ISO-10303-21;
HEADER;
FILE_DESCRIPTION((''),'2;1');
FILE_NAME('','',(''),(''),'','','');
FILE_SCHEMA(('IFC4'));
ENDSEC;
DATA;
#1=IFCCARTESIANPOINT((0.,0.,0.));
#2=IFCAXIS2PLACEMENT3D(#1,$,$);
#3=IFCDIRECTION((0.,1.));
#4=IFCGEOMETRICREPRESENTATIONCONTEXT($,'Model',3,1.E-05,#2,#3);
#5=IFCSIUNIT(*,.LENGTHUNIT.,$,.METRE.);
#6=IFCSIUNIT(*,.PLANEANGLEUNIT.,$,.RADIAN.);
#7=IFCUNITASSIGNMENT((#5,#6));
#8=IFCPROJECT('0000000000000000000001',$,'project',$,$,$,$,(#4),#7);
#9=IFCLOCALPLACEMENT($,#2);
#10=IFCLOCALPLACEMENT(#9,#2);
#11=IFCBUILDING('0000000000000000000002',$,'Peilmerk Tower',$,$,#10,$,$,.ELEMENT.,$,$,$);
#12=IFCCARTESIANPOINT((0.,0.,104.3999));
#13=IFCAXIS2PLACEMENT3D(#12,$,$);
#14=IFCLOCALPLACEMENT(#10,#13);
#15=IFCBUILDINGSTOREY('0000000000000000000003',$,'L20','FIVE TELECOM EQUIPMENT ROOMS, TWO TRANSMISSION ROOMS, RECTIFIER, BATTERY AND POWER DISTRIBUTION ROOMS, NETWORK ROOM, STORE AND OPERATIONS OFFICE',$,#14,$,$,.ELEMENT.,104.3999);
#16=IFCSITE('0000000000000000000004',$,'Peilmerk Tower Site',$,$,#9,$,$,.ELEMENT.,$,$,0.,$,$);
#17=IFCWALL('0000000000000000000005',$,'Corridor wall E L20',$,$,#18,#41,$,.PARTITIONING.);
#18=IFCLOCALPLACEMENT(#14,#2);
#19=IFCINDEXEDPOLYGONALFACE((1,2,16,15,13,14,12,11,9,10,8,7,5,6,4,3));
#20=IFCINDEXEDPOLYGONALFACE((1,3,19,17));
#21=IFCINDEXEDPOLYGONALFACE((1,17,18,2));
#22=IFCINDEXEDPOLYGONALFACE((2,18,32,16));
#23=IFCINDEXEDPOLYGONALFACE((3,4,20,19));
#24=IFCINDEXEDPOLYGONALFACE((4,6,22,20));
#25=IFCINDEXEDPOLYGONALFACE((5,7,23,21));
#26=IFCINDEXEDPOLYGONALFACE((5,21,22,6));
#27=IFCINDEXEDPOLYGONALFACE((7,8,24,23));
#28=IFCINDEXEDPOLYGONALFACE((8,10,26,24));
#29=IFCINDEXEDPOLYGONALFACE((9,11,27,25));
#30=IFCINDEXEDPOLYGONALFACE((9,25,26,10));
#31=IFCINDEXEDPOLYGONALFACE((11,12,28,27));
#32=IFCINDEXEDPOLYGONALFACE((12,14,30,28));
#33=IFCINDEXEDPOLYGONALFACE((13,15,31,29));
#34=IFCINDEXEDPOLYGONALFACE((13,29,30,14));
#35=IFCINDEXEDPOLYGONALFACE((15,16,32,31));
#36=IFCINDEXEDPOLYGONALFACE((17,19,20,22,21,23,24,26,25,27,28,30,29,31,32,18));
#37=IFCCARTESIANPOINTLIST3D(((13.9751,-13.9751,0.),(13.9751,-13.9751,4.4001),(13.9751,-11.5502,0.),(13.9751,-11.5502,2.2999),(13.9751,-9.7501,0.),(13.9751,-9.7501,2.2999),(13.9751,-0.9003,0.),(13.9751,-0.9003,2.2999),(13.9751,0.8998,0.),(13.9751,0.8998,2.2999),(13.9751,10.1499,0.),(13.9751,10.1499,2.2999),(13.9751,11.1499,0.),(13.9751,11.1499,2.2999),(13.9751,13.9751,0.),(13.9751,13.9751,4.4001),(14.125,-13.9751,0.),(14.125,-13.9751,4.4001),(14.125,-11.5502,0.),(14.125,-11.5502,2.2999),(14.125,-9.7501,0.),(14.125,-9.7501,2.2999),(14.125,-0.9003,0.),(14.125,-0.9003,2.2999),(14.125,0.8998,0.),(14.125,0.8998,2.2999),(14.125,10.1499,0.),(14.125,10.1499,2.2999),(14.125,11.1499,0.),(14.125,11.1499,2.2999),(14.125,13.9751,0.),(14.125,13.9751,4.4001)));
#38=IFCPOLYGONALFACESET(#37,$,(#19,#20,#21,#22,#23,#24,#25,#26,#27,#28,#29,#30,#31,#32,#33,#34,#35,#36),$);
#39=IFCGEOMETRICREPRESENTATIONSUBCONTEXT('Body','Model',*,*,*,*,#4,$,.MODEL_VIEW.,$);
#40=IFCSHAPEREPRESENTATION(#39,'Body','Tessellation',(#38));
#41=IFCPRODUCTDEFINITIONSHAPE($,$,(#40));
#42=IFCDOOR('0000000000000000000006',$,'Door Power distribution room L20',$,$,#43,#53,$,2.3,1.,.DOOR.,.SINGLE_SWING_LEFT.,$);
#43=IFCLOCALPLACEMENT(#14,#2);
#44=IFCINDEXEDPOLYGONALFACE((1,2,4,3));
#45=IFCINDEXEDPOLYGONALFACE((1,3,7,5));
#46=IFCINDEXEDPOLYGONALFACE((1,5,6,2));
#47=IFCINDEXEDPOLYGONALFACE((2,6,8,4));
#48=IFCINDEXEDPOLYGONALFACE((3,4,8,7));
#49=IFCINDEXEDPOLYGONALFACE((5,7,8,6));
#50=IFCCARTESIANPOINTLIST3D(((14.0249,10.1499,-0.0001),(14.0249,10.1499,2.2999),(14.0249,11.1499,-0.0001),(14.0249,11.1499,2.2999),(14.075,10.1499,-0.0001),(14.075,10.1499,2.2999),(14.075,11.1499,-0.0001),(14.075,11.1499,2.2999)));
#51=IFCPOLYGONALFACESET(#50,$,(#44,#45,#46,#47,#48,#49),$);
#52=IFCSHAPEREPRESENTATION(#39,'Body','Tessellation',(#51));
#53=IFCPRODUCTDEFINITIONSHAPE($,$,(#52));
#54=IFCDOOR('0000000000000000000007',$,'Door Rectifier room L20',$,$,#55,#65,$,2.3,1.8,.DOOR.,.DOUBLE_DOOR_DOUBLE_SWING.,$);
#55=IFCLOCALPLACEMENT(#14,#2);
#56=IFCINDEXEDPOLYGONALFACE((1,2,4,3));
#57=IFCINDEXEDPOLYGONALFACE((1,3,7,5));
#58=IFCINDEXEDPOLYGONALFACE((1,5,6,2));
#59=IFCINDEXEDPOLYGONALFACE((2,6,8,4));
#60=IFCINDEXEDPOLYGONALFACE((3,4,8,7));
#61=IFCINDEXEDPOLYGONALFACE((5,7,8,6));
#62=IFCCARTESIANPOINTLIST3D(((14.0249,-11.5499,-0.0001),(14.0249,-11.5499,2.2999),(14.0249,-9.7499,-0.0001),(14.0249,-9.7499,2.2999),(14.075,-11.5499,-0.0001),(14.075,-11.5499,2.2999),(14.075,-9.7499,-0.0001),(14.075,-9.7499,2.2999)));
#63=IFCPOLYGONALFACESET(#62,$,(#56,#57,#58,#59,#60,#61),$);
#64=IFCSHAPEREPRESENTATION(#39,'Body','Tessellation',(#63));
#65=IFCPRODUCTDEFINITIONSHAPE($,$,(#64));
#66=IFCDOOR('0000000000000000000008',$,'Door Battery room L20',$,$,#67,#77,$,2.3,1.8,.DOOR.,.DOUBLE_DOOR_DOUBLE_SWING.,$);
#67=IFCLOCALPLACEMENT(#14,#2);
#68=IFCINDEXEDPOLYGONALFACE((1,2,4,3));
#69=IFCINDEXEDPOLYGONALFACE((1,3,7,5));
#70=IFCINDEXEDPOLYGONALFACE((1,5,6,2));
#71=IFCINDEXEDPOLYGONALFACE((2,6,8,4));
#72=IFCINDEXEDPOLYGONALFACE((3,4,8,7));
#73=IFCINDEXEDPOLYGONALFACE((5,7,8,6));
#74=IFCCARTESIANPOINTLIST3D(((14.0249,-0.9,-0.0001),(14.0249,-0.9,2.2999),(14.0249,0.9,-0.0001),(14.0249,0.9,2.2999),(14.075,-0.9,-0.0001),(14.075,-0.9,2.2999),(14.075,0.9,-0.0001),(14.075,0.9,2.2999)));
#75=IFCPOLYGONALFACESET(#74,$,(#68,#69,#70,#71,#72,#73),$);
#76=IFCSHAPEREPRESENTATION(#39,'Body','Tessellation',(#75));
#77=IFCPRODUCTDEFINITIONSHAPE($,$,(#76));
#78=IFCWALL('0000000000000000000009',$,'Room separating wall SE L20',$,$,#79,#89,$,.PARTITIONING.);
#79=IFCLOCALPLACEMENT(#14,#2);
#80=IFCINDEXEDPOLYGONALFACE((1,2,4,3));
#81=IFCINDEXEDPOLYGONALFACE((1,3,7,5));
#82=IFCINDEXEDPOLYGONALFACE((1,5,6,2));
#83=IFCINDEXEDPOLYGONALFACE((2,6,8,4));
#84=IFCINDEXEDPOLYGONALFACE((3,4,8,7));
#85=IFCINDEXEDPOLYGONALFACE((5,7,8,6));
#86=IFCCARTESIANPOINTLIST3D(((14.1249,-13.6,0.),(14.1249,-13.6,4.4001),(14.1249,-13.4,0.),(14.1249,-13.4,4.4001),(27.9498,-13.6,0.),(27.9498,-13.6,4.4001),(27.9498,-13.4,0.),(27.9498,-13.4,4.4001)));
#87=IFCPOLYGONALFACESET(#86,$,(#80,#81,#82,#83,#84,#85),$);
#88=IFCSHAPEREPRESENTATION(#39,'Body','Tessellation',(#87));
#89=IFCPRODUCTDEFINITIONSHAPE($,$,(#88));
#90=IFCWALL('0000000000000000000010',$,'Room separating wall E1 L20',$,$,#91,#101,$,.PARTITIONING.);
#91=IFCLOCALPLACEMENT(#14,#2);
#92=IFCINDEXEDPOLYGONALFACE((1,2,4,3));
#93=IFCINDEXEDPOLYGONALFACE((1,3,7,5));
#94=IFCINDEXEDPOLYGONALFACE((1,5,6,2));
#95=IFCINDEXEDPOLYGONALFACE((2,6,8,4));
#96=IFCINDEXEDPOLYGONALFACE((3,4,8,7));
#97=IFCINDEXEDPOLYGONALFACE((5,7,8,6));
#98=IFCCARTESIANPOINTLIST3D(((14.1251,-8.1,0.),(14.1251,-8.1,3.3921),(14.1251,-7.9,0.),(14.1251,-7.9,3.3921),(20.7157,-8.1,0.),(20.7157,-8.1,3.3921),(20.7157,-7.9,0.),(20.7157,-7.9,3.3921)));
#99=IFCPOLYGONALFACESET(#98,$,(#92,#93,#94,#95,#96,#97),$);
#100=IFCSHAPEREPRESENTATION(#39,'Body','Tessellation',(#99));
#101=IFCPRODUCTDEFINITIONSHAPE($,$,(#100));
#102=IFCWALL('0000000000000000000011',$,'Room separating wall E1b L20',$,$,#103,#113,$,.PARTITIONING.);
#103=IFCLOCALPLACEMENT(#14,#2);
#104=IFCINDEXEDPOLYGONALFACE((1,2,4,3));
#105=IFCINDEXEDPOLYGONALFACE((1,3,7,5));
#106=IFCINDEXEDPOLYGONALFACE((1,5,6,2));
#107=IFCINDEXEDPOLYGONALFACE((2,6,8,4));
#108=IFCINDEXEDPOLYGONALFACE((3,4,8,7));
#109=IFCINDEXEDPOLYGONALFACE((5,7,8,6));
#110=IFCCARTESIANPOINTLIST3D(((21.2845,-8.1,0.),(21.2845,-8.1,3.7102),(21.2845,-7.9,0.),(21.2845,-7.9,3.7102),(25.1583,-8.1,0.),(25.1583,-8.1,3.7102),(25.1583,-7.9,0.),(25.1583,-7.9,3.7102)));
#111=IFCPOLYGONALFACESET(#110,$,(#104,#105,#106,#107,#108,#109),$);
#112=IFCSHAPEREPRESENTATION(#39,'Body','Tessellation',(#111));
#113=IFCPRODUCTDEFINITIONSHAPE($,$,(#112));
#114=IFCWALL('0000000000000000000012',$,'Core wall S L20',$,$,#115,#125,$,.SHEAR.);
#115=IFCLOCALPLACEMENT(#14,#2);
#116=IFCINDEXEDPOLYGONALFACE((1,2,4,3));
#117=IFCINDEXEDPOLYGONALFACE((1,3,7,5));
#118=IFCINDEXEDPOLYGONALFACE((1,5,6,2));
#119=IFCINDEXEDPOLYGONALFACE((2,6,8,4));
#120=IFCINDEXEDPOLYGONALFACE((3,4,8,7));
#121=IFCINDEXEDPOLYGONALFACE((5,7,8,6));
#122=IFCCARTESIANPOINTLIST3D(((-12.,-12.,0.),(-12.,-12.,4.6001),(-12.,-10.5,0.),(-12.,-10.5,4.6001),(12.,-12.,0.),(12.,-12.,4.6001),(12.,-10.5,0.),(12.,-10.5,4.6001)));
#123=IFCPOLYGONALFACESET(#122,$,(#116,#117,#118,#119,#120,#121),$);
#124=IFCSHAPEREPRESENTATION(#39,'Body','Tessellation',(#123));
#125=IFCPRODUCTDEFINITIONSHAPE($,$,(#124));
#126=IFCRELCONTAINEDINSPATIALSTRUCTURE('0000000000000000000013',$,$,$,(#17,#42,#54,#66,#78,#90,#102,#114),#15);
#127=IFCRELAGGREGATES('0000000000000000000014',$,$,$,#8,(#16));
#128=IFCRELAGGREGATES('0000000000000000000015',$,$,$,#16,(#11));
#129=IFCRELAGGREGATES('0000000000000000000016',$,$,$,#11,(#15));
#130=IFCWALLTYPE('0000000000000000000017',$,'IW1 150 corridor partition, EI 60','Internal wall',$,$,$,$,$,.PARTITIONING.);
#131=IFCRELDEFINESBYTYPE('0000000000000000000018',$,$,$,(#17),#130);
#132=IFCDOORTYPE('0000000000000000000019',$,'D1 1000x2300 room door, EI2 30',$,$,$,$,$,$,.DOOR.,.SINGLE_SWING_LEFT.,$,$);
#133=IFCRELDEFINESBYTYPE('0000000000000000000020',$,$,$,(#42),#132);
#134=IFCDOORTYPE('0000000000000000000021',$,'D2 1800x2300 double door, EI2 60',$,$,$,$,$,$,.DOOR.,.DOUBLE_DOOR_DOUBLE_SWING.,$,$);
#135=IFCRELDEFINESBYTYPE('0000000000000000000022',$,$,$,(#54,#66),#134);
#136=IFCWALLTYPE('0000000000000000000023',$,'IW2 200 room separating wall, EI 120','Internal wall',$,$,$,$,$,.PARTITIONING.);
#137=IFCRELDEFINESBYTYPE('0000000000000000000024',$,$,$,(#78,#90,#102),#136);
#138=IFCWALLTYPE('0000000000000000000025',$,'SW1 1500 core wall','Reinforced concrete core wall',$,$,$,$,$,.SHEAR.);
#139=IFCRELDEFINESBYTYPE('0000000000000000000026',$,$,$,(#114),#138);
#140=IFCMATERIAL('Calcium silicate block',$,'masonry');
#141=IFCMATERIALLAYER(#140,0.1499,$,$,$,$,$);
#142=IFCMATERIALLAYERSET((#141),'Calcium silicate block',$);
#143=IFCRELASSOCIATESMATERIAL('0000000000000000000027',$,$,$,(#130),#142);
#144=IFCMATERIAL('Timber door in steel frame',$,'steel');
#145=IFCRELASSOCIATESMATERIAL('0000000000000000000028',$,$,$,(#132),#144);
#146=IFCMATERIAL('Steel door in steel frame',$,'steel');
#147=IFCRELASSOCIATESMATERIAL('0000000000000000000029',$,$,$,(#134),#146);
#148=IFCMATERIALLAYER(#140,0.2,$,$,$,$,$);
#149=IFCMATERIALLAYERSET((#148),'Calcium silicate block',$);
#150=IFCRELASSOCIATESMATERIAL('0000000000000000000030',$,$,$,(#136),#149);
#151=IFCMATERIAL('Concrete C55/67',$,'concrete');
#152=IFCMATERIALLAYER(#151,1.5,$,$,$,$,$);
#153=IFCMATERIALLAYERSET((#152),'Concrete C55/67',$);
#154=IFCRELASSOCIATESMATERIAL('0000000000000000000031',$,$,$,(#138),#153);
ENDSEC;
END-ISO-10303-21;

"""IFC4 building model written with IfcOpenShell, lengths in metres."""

from ifc_helpers import new_model, si_unit, direction, frame, frame_2d, origin, place, context, subcontext, project, spatial, rectangle, extrude, material, layer, layer_set, type_object, element, fill, save


model = new_model("IFC4")

# Units and contexts
model_context = context("Model", 3, precision=1e-05, world=origin(), true_north=direction((0.0, 1.0)))
body_context = subcontext(model_context, "Body", "Model", "MODEL_VIEW")
ifc_project = project(units=[si_unit("LENGTHUNIT", "METRE"), si_unit("PLANEANGLEUNIT", "RADIAN")], contexts=[model_context])

# Site, building, storey
site_placement = place(None, origin())
site = spatial("IfcSite", under=ifc_project, at=site_placement, Name="Peilmerk Tower Site", CompositionType="ELEMENT", RefElevation=0.0)
building_placement = place(site_placement, origin())
building = spatial("IfcBuilding", under=site, at=building_placement, Name="Peilmerk Tower", CompositionType="ELEMENT")
storey_placement = place(building_placement, frame((0.0, 0.0, 104.3999)))
storey = spatial("IfcBuildingStorey", under=building, at=storey_placement, Name="L20", Description="FIVE TELECOM EQUIPMENT ROOMS, TWO TRANSMISSION ROOMS, RECTIFIER, BATTERY AND POWER DISTRIBUTION ROOMS, NETWORK ROOM, STORE AND OPERATIONS OFFICE", CompositionType="ELEMENT", Elevation=104.3999)

# Wall, openings, doors
ifc_material_1 = material(Name="Calcium silicate block", Category="masonry")
ifc_layer_1 = layer(ifc_material_1, 0.1499)
ifc_layer_set_1 = layer_set([ifc_layer_1], Name="Calcium silicate block")
wall_type_1 = type_object("IfcWallType", Name="IW1 150 corridor partition, EI 60", Description="Internal wall", PredefinedType="PARTITIONING", material=ifc_layer_set_1)
ifc_material_2 = material(Name="Timber door in steel frame", Category="steel")
door_type_1 = type_object("IfcDoorType", Name="D1 1000x2300 room door, EI2 30", OperationType="SINGLE_SWING_LEFT", PredefinedType="DOOR", material=ifc_material_2)
ifc_material_3 = material(Name="Steel door in steel frame", Category="steel")
door_type_2 = type_object("IfcDoorType", Name="D2 1800x2300 double door, EI2 60", OperationType="DOUBLE_DOOR_DOUBLE_SWING", PredefinedType="DOOR", material=ifc_material_3)
wall_1_placement = place(storey_placement, frame((14.05, -13.9751, 0.0), z_axis=(0.0, 0.0, 1.0), x_axis=(0.0, 1.0, 0.0)))
wall_1 = element("IfcWall", 1, at=wall_1_placement, inside=storey, type_object=wall_type_1, Name="Corridor wall E L20", PredefinedType="PARTITIONING", context=body_context, shape_type="SweptSolid", body=[
    extrude(rectangle(XDim=27.9502, YDim=0.1499, at=frame_2d((13.9751, 0.0))), origin(), (0.0, 0.0, 1.0), 4.4001),
])
opening_1_placement = place(wall_1_placement, frame((2.425, 0.0, 0.0)))
opening_1 = element("IfcOpeningElement", 2, at=opening_1_placement, cuts=wall_1, PredefinedType="OPENING", context=body_context, shape_type="SweptSolid", body=[
    extrude(rectangle(XDim=1.8, YDim=2.3, at=frame_2d((0.8999, 1.1499))), frame((0.0, 0.085, 0.0), z_axis=(0.0, -1.0, 0.0), x_axis=(1.0, 0.0, 0.0)), (0.0, 0.0, 1.0), 0.1699),
])
opening_2_placement = place(wall_1_placement, frame((13.075, 0.0, 0.0)))
opening_2 = element("IfcOpeningElement", 3, at=opening_2_placement, cuts=wall_1, PredefinedType="OPENING", context=body_context, shape_type="SweptSolid", body=[
    extrude(rectangle(XDim=1.8, YDim=2.3, at=frame_2d((0.8999, 1.1499))), frame((0.0, 0.085, 0.0), z_axis=(0.0, -1.0, 0.0), x_axis=(1.0, 0.0, 0.0)), (0.0, 0.0, 1.0), 0.1699),
])
opening_3_placement = place(wall_1_placement, frame((24.125, 0.0, 0.0)))
opening_3 = element("IfcOpeningElement", 4, at=opening_3_placement, cuts=wall_1, PredefinedType="OPENING", context=body_context, shape_type="SweptSolid", body=[
    extrude(rectangle(XDim=1.0, YDim=2.3, at=frame_2d((0.5, 1.1499))), frame((0.0, 0.085, 0.0), z_axis=(0.0, -1.0, 0.0), x_axis=(1.0, 0.0, 0.0)), (0.0, 0.0, 1.0), 0.1699),
])
door_1_placement = place(opening_3_placement, frame((1.0, 0.0, 0.0), z_axis=(0.0, 0.0, 1.0), x_axis=(-1.0, 0.0, 0.0)))
door_1 = element("IfcDoor", 5, at=door_1_placement, inside=storey, type_object=door_type_1, Name="Door Power distribution room L20", OperationType="SINGLE_SWING_LEFT", OverallHeight=2.3, OverallWidth=1.0, PredefinedType="DOOR", context=body_context, shape_type="SweptSolid", body=[
    extrude(rectangle(XDim=1.0, YDim=2.3, at=frame_2d((0.5, 1.1499))), frame((0.0, 0.0249, 0.0), z_axis=(0.0, -1.0, 0.0), x_axis=(1.0, 0.0, 0.0)), (0.0, 0.0, 1.0), 0.05),
])
fill(opening_3, door_1)
door_2_placement = place(opening_1_placement, frame((1.8, 0.0, 0.0), z_axis=(0.0, 0.0, 1.0), x_axis=(-1.0, 0.0, 0.0)))
door_2 = element("IfcDoor", 6, at=door_2_placement, inside=storey, type_object=door_type_2, Name="Door Rectifier room L20", OperationType="DOUBLE_DOOR_DOUBLE_SWING", OverallHeight=2.3, OverallWidth=1.8, PredefinedType="DOOR", context=body_context, shape_type="SweptSolid", body=[
    extrude(rectangle(XDim=1.8, YDim=2.3, at=frame_2d((0.8999, 1.1499))), frame((0.0, 0.0249, 0.0), z_axis=(0.0, -1.0, 0.0), x_axis=(1.0, 0.0, 0.0)), (0.0, 0.0, 1.0), 0.05),
])
fill(opening_1, door_2)
door_3_placement = place(opening_2_placement, frame((1.8, 0.0, 0.0), z_axis=(0.0, 0.0, 1.0), x_axis=(-1.0, 0.0, 0.0)))
door_3 = element("IfcDoor", 7, at=door_3_placement, inside=storey, type_object=door_type_2, Name="Door Battery room L20", OperationType="DOUBLE_DOOR_DOUBLE_SWING", OverallHeight=2.3, OverallWidth=1.8, PredefinedType="DOOR", context=body_context, shape_type="SweptSolid", body=[
    extrude(rectangle(XDim=1.8, YDim=2.3, at=frame_2d((0.8999, 1.1499))), frame((0.0, 0.0249, 0.0), z_axis=(0.0, -1.0, 0.0), x_axis=(1.0, 0.0, 0.0)), (0.0, 0.0, 1.0), 0.05),
])
fill(opening_2, door_3)

# Walls
ifc_layer_2 = layer(ifc_material_1, 0.2)
ifc_layer_set_2 = layer_set([ifc_layer_2], Name="Calcium silicate block")
wall_type_2 = type_object("IfcWallType", Name="IW2 200 room separating wall, EI 120", Description="Internal wall", PredefinedType="PARTITIONING", material=ifc_layer_set_2)
wall_2_placement = place(storey_placement, frame((27.95, -13.5, 0.0), z_axis=(0.0, 0.0, 1.0), x_axis=(-1.0, 0.0, 0.0)))
element("IfcWall", 8, at=wall_2_placement, inside=storey, type_object=wall_type_2, Name="Room separating wall SE L20", PredefinedType="PARTITIONING", context=body_context, shape_type="SweptSolid", body=[
    extrude(rectangle(XDim=13.825, YDim=0.2, at=frame_2d((6.9126, 0.0))), origin(), (0.0, 0.0, 1.0), 4.4001),
])
wall_3_placement = place(storey_placement, frame((14.125, -8.0, 0.0), z_axis=(0.0, 0.0, 1.0), x_axis=(1.0, 0.0, 0.0)))
element("IfcWall", 9, at=wall_3_placement, inside=storey, type_object=wall_type_2, Name="Room separating wall E1 L20", PredefinedType="PARTITIONING", context=body_context, shape_type="SweptSolid", body=[
    extrude(rectangle(XDim=6.5906, YDim=0.2, at=frame_2d((3.2954, 0.0))), origin(), (0.0, 0.0, 1.0), 3.3921),
])
wall_4_placement = place(storey_placement, frame((21.2844, -8.0, 0.0), z_axis=(0.0, 0.0, 1.0), x_axis=(1.0, 0.0, 0.0)))
element("IfcWall", 10, at=wall_4_placement, inside=storey, type_object=wall_type_2, Name="Room separating wall E1b L20", PredefinedType="PARTITIONING", context=body_context, shape_type="SweptSolid", body=[
    extrude(rectangle(XDim=3.8738, YDim=0.2, at=frame_2d((1.937, 0.0))), origin(), (0.0, 0.0, 1.0), 3.7102),
])
ifc_material_4 = material(Name="Concrete C55/67", Category="concrete")
ifc_layer_3 = layer(ifc_material_4, 1.5)
ifc_layer_set_3 = layer_set([ifc_layer_3], Name="Concrete C55/67")
wall_type_3 = type_object("IfcWallType", Name="SW1 1500 core wall", Description="Reinforced concrete core wall", PredefinedType="SHEAR", material=ifc_layer_set_3)
wall_5_placement = place(storey_placement, frame((12.0, -11.25, 0.0), z_axis=(0.0, 0.0, 1.0), x_axis=(-1.0, 0.0, 0.0)))
element("IfcWall", 11, at=wall_5_placement, inside=storey, type_object=wall_type_3, Name="Core wall S L20", PredefinedType="SHEAR", context=body_context, shape_type="SweptSolid", body=[
    extrude(rectangle(XDim=24.0, YDim=1.5, at=frame_2d((12.0, 0.0))), origin(), (0.0, 0.0, 1.0), 4.6001),
])

save(model, "model.ifc")
